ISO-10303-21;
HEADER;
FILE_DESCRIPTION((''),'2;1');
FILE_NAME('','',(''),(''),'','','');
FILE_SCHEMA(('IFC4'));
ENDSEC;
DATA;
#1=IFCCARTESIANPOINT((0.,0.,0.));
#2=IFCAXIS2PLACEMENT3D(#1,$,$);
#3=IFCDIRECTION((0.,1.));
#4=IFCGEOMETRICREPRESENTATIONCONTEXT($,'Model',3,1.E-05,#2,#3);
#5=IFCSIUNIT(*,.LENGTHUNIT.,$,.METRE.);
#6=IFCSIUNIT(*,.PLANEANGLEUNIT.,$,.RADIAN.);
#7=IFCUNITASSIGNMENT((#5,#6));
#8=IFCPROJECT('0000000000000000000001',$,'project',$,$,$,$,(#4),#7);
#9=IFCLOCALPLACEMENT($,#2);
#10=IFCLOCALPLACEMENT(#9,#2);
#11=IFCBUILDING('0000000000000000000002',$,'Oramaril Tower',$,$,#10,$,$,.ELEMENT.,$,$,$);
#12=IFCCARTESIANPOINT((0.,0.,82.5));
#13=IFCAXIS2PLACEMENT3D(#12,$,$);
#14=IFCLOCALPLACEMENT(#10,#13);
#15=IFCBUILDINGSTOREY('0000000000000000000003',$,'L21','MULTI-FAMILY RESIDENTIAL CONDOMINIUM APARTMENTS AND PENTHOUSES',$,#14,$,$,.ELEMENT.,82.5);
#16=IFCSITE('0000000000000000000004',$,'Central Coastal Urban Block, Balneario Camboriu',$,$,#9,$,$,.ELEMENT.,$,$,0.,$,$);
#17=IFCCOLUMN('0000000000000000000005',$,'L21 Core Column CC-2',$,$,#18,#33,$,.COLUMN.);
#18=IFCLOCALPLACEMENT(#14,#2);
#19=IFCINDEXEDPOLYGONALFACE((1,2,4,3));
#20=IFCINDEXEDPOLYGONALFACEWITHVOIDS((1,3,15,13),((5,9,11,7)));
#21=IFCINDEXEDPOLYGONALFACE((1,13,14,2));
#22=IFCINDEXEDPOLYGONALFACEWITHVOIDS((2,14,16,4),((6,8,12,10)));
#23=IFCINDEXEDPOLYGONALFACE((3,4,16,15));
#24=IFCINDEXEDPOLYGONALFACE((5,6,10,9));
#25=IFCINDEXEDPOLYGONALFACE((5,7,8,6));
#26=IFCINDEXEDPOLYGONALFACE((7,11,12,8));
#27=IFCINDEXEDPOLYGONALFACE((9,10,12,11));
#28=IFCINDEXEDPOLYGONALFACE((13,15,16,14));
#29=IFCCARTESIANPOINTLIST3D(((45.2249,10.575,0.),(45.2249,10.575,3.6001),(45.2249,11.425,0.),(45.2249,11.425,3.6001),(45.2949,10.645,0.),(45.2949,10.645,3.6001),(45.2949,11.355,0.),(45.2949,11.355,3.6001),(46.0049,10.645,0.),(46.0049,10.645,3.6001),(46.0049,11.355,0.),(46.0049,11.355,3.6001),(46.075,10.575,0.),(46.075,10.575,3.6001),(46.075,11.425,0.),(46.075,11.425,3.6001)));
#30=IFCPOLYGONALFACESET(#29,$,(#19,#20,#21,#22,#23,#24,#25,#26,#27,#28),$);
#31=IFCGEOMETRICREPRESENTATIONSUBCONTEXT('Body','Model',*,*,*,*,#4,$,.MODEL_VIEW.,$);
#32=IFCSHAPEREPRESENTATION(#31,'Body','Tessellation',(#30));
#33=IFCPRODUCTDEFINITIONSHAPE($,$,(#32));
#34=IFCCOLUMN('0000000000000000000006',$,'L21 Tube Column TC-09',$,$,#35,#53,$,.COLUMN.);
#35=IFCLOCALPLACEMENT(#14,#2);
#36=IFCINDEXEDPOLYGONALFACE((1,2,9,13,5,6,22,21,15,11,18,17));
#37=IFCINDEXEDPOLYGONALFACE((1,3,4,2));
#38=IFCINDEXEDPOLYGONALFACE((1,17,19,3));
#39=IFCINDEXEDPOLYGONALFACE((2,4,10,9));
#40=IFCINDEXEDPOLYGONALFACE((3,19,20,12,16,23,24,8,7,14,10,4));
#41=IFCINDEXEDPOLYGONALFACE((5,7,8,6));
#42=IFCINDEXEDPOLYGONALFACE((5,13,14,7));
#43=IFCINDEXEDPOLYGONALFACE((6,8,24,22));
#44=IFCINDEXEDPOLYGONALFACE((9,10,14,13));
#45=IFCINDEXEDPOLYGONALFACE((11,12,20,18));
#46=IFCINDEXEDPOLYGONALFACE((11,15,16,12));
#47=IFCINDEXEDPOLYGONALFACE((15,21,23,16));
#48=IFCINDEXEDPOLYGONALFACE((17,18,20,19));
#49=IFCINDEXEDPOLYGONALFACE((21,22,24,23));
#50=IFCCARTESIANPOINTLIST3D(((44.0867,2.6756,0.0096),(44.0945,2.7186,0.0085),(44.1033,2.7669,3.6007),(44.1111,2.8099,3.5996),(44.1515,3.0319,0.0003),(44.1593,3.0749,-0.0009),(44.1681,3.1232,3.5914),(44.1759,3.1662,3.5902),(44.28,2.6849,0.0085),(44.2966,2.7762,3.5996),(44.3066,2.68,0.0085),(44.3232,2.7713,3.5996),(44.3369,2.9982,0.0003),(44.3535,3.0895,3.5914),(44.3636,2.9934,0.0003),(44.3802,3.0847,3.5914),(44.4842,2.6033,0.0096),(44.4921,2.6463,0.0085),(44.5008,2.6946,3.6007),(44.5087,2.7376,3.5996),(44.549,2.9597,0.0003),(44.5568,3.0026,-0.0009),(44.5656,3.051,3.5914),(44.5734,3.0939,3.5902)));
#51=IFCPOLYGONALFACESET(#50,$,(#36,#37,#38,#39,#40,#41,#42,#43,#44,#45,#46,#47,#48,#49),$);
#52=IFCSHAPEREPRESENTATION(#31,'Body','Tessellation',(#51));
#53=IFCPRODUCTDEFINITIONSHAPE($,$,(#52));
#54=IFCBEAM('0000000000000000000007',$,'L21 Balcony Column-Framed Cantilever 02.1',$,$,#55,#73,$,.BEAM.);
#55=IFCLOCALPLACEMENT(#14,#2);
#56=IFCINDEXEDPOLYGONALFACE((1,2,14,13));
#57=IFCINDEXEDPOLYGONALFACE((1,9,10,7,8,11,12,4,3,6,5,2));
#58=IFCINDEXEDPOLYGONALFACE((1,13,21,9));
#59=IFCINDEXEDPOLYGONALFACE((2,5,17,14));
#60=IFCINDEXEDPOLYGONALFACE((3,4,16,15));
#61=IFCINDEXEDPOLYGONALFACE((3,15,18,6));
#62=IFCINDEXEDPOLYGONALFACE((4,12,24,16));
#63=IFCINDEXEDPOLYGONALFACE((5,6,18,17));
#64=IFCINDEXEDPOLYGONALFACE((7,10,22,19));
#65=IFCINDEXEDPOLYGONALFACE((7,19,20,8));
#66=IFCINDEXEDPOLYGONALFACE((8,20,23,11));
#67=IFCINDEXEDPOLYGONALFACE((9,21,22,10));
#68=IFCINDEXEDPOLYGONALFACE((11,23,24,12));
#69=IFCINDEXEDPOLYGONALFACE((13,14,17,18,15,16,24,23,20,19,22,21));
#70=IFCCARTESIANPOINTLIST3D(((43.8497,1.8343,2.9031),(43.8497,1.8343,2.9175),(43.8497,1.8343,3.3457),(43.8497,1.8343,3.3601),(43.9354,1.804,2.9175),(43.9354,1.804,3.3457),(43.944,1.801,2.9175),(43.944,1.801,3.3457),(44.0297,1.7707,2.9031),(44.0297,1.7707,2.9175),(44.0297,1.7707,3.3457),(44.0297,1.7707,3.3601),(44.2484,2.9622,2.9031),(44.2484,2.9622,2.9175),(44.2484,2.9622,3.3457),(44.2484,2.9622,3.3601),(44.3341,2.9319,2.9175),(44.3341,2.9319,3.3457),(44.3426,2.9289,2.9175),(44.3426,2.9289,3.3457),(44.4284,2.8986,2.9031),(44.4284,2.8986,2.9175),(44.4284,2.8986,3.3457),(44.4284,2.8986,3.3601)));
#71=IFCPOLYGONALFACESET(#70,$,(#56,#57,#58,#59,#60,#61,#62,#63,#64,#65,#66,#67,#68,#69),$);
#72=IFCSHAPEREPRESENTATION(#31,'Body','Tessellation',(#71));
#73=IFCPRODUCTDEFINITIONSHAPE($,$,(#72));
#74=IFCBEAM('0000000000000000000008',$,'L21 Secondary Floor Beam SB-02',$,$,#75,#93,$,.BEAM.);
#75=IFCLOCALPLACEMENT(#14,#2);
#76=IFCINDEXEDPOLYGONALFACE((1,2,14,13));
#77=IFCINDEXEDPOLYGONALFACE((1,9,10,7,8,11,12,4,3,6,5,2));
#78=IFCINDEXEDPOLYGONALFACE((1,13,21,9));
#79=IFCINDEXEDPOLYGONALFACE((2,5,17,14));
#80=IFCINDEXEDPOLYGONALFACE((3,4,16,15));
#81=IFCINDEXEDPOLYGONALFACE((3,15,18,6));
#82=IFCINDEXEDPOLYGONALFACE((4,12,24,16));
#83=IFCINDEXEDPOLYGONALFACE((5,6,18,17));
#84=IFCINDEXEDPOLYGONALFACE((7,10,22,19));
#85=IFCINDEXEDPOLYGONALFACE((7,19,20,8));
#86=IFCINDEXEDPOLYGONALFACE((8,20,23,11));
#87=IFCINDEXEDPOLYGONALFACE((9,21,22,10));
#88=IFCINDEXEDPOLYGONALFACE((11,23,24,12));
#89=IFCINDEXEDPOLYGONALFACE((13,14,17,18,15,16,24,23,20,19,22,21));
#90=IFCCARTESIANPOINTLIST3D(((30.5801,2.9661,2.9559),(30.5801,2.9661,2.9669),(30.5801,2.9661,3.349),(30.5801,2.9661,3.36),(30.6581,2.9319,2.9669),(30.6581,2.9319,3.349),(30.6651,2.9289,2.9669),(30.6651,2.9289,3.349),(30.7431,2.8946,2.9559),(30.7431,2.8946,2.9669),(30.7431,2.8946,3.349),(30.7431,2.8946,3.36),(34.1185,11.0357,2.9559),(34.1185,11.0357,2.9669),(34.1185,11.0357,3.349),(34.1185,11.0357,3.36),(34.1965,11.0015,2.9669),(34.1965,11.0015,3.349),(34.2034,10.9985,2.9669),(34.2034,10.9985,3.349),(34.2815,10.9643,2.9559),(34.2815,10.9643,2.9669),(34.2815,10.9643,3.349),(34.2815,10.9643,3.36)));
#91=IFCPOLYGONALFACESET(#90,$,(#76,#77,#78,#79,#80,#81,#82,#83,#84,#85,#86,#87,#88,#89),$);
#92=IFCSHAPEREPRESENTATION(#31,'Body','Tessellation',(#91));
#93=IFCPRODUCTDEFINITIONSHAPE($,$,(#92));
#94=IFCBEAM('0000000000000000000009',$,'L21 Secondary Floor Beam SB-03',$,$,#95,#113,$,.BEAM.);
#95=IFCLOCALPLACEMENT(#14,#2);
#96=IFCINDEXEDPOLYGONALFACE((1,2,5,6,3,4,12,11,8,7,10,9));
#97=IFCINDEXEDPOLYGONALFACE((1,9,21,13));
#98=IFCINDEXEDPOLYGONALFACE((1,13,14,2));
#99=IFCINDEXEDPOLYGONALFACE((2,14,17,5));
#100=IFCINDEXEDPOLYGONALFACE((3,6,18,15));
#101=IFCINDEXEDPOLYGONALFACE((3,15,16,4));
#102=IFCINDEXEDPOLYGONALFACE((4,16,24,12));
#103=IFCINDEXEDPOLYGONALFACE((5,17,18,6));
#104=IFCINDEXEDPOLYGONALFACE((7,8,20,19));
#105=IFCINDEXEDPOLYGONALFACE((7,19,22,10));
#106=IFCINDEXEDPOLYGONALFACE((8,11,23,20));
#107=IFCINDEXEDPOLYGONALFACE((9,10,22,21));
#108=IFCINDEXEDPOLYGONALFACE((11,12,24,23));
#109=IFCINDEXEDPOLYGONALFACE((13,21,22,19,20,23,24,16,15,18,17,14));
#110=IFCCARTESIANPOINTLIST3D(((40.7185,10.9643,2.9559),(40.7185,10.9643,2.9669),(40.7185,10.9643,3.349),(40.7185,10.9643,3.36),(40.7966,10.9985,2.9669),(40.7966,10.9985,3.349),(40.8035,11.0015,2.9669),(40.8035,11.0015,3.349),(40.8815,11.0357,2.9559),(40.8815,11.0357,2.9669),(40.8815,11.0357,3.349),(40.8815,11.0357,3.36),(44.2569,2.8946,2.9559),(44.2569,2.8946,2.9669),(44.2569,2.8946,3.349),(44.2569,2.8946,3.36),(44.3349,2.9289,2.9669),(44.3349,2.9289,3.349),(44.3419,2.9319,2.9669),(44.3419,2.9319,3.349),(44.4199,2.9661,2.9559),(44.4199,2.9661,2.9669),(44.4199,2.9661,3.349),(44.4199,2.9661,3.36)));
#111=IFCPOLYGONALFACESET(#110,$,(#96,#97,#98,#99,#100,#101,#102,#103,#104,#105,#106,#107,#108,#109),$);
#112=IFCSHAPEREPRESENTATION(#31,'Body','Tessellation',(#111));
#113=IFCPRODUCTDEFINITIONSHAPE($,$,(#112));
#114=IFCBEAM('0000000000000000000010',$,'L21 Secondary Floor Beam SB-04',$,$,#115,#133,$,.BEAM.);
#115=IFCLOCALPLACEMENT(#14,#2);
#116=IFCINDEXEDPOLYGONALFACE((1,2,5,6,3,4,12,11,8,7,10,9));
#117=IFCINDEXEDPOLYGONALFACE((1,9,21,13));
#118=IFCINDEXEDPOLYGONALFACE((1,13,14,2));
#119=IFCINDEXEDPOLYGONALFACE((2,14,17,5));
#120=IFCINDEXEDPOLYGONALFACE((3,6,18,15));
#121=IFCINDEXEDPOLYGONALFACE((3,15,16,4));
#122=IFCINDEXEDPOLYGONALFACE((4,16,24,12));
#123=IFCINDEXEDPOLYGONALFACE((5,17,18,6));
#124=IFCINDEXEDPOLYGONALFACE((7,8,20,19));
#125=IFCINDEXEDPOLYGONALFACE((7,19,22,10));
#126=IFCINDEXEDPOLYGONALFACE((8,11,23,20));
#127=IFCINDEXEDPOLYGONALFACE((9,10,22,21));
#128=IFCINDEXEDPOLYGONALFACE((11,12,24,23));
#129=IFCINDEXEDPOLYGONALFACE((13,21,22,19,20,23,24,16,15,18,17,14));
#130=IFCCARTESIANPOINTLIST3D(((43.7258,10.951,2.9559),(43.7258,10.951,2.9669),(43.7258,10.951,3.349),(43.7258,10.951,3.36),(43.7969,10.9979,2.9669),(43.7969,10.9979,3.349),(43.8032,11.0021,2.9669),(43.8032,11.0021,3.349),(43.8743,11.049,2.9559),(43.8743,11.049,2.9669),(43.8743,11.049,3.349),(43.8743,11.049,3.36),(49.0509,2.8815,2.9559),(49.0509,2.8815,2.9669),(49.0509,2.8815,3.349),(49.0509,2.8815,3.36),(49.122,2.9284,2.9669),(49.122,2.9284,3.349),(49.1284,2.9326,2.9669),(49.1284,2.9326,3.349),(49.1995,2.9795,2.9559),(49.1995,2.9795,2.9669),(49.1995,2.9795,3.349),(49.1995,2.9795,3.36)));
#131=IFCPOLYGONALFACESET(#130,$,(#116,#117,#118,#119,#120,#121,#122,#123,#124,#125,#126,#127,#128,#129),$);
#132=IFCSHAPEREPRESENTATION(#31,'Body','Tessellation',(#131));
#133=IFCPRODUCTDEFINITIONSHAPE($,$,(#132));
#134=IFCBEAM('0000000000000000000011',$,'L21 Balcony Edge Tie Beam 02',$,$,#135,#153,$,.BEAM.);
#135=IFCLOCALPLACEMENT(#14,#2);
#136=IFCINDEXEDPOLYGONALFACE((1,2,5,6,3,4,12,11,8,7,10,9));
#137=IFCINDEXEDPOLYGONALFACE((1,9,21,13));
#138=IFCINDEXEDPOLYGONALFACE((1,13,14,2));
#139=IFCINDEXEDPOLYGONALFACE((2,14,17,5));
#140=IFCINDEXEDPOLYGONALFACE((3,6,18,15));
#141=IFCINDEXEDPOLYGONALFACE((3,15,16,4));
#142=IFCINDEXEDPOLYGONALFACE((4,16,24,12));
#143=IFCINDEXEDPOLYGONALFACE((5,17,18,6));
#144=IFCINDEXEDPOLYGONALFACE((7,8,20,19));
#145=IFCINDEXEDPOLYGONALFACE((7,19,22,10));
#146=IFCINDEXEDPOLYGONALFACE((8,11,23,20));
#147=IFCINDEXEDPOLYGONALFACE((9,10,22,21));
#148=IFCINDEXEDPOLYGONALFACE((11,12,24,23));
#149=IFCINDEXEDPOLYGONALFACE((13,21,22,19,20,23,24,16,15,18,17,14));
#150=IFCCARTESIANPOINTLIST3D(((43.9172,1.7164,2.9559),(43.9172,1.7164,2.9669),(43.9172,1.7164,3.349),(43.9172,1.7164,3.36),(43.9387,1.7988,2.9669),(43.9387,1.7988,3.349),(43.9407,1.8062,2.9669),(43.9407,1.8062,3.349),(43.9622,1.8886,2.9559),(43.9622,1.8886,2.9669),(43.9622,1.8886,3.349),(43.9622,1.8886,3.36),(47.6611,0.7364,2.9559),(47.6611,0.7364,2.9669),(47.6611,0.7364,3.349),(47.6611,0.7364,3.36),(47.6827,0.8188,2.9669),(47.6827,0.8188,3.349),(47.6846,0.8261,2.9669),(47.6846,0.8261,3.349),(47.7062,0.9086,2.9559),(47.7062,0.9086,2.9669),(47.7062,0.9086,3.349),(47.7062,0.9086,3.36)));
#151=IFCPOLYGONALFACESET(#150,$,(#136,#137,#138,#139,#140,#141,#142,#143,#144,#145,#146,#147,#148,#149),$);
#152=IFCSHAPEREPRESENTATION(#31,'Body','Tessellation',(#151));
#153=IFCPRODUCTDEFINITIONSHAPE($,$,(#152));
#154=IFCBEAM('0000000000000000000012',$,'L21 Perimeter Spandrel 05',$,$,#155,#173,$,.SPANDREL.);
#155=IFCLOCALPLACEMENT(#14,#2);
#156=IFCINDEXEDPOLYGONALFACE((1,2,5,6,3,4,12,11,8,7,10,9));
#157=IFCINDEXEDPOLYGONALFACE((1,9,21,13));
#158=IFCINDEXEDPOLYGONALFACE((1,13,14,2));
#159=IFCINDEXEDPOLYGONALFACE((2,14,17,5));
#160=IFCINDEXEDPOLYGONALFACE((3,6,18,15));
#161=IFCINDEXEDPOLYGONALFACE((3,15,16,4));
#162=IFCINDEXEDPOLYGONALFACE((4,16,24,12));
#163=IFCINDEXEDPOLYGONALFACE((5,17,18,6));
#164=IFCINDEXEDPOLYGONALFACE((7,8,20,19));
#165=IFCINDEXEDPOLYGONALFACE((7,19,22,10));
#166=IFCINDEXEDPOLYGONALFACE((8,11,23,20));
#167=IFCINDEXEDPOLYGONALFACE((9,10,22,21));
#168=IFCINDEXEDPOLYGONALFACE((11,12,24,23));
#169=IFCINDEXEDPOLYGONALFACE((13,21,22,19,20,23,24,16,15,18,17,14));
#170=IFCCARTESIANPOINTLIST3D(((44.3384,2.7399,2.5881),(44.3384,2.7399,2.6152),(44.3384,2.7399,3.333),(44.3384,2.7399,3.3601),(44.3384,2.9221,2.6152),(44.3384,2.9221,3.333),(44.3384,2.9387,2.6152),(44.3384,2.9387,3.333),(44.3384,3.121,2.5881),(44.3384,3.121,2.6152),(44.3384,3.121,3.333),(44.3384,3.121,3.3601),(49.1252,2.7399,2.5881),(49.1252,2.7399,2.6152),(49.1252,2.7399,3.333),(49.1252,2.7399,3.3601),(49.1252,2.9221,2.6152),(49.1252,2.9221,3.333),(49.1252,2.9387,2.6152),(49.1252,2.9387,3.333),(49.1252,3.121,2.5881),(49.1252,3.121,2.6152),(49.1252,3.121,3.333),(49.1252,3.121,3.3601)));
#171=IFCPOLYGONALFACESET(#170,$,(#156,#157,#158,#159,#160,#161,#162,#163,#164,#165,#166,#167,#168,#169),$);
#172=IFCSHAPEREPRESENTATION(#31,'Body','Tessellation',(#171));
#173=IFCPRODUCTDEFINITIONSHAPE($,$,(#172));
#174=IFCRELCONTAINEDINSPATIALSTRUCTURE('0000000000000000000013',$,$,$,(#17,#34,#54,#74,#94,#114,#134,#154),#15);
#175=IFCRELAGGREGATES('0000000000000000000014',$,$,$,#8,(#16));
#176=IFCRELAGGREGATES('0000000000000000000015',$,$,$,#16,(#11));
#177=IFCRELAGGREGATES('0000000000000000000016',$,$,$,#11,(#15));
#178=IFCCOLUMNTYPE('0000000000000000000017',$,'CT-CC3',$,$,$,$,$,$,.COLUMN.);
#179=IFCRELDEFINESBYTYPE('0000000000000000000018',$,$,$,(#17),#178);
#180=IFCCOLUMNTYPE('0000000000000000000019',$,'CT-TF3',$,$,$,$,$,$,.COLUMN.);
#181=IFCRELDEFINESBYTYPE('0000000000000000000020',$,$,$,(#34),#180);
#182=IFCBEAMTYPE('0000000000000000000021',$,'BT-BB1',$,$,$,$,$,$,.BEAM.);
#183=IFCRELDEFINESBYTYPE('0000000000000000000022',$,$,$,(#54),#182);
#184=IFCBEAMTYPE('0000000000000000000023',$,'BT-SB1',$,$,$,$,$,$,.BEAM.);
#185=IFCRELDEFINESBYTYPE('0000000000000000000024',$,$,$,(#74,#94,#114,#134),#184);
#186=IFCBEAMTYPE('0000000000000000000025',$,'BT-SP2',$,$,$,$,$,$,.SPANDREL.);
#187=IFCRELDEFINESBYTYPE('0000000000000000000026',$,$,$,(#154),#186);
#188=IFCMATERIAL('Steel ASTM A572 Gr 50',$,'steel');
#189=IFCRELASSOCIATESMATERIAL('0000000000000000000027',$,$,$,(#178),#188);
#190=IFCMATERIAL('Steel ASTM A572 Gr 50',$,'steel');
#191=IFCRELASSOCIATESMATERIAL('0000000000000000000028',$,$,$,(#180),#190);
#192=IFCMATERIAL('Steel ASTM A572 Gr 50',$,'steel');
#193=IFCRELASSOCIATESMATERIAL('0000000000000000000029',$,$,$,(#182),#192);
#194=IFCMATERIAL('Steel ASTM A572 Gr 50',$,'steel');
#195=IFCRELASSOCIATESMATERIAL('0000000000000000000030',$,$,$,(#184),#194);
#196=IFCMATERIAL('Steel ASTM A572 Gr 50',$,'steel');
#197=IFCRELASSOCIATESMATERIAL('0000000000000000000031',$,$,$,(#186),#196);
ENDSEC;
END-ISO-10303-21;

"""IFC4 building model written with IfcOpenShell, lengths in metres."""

from ifc_helpers import new_model, si_unit, direction, frame, origin, origin_2d, place, context, subcontext, project, spatial, hollow_rectangle, i_section, extrude, material, material_profile, profile_set, type_object, element, save


model = new_model("IFC4")

# Units and contexts
model_context = context("Model", 3, precision=1e-05, world=origin(), true_north=direction((0.0, 1.0)))
body_context = subcontext(model_context, "Body", "Model", "MODEL_VIEW")
ifc_project = project(units=[si_unit("LENGTHUNIT", "METRE"), si_unit("PLANEANGLEUNIT", "RADIAN")], contexts=[model_context])

# Site, building, storey
site_placement = place(None, origin())
site = spatial("IfcSite", under=ifc_project, at=site_placement, Name="Central Coastal Urban Block, Balneario Camboriu", CompositionType="ELEMENT", RefElevation=0.0)
building_placement = place(site_placement, origin())
building = spatial("IfcBuilding", under=site, at=building_placement, Name="Oramaril Tower", CompositionType="ELEMENT")
storey_placement = place(building_placement, frame((0.0, 0.0, 82.5)))
storey = spatial("IfcBuildingStorey", under=building, at=storey_placement, Name="L21", Description="MULTI-FAMILY RESIDENTIAL CONDOMINIUM APARTMENTS AND PENTHOUSES", CompositionType="ELEMENT", Elevation=82.5)

# Columns
ifc_material_1 = material(Name="Steel ASTM A572 Gr 50", Category="steel")
ifc_material_profile_1 = material_profile(ifc_material_1, hollow_rectangle(XDim=0.8501, YDim=0.8501, WallThickness=0.0701, at=origin_2d()), Name="BOX850X850X70")
ifc_profile_set_1 = profile_set([ifc_material_profile_1], Name="Steel ASTM A572 Gr 50")
column_type_1 = type_object("IfcColumnType", Name="CT-CC3", PredefinedType="COLUMN", material=ifc_profile_set_1)
column_1_placement = place(storey_placement, frame((45.6499, 11.0, 0.0), z_axis=(0.0, 0.0, 1.0), x_axis=(1.0, 0.0, 0.0)))
element("IfcColumn", 1, at=column_1_placement, inside=storey, type_object=column_type_1, Name="L21 Core Column CC-2", PredefinedType="COLUMN", context=body_context, shape_type="SweptSolid", body=[
    extrude(hollow_rectangle(XDim=0.8501, YDim=0.8501, WallThickness=0.0701, at=origin_2d()), origin(), (0.0, 0.0, 1.0), 3.6001),
])
ifc_material_2 = material(Name="Steel ASTM A572 Gr 50", Category="steel")
ifc_material_profile_2 = material_profile(ifc_material_2, i_section(OverallWidth=0.4041, OverallDepth=0.406, WebThickness=0.0271, FlangeThickness=0.0437, at=origin_2d()), Name="W14X233")
ifc_profile_set_2 = profile_set([ifc_material_profile_2], Name="Steel ASTM A572 Gr 50")
column_type_2 = type_object("IfcColumnType", Name="CT-TF3", PredefinedType="COLUMN", material=ifc_profile_set_2)
column_2_placement = place(storey_placement, frame((44.3218, 2.8391, 0.0044), z_axis=(0.004621, 0.025418, 0.999666), x_axis=(-0.98387, 0.178885, 0.0)))
element("IfcColumn", 2, at=column_2_placement, inside=storey, type_object=column_type_2, Name="L21 Tube Column TC-09", PredefinedType="COLUMN", context=body_context, shape_type="SweptSolid", body=[
    extrude(i_section(OverallWidth=0.4041, OverallDepth=0.406, WebThickness=0.0271, FlangeThickness=0.0437, at=origin_2d()), origin(), (0.0, 0.0, 1.0), 3.5923),
])

# Beams
ifc_material_3 = material(Name="Steel ASTM A572 Gr 50", Category="steel")
ifc_material_profile_3 = material_profile(ifc_material_3, i_section(OverallWidth=0.1909, OverallDepth=0.457, WebThickness=0.009, FlangeThickness=0.0144, at=origin_2d()), Name="W18X50")
ifc_profile_set_3 = profile_set([ifc_material_profile_3], Name="Steel ASTM A572 Gr 50")
beam_type_1 = type_object("IfcBeamType", Name="BT-BB1", PredefinedType="BEAM", material=ifc_profile_set_3)
beam_1_placement = place(storey_placement, frame((44.3384, 2.9304, 3.1316), z_axis=(-0.333258, -0.942836, 0.0), x_axis=(0.942836, -0.333258, 0.0)))
element("IfcBeam", 3, at=beam_1_placement, inside=storey, type_object=beam_type_1, Name="L21 Balcony Column-Framed Cantilever 02.1", PredefinedType="BEAM", context=body_context, shape_type="SweptSolid", body=[
    extrude(i_section(OverallWidth=0.1909, OverallDepth=0.457, WebThickness=0.009, FlangeThickness=0.0144, at=origin_2d()), origin(), (0.0, 0.0, 1.0), 1.1963),
])
ifc_material_4 = material(Name="Steel ASTM A572 Gr 50", Category="steel")
ifc_material_profile_4 = material_profile(ifc_material_4, i_section(OverallWidth=0.178, OverallDepth=0.4041, WebThickness=0.0076, FlangeThickness=0.011, at=origin_2d()), Name="W16X36")
ifc_profile_set_4 = profile_set([ifc_material_profile_4], Name="Steel ASTM A572 Gr 50")
beam_type_2 = type_object("IfcBeamType", Name="BT-SB1", PredefinedType="BEAM", material=ifc_profile_set_4)
for number, where, z_axis, x_axis, name in (
    (4, (34.2, 11.0, 3.158), (-0.40157, -0.915828, 0.0), (0.915828, -0.40157, 0.0), "L21 Secondary Floor Beam SB-02"),
    (5, (40.8, 11.0, 3.158), (0.40157, -0.915828, 0.0), (0.915828, 0.40157, 0.0), "L21 Secondary Floor Beam SB-03"),
):
    element("IfcBeam", number, at=place(storey_placement, frame(where, z_axis=z_axis, x_axis=x_axis)), inside=storey, type_object=beam_type_2, Name=name, PredefinedType="BEAM", context=body_context, shape_type="SweptSolid", body=[
        extrude(i_section(OverallWidth=0.178, OverallDepth=0.4041, WebThickness=0.0076, FlangeThickness=0.011, at=origin_2d()), origin(), (0.0, 0.0, 1.0), 8.8113),
    ])
beam_2_placement = place(storey_placement, frame((43.8, 11.0, 3.158), z_axis=(0.55079, -0.834644, 0.0), x_axis=(0.834644, 0.55079, 0.0)))
element("IfcBeam", 6, at=beam_2_placement, inside=storey, type_object=beam_type_2, Name="L21 Secondary Floor Beam SB-04", PredefinedType="BEAM", context=body_context, shape_type="SweptSolid", body=[
    extrude(i_section(OverallWidth=0.178, OverallDepth=0.4041, WebThickness=0.0076, FlangeThickness=0.011, at=origin_2d()), origin(), (0.0, 0.0, 1.0), 9.6682),
])
beam_3_placement = place(storey_placement, frame((43.9397, 1.8025, 3.158), z_axis=(0.967408, -0.253223, 0.0), x_axis=(0.253223, 0.967408, 0.0)))
element("IfcBeam", 7, at=beam_3_placement, inside=storey, type_object=beam_type_2, Name="L21 Balcony Edge Tie Beam 02", PredefinedType="BEAM", context=body_context, shape_type="SweptSolid", body=[
    extrude(i_section(OverallWidth=0.178, OverallDepth=0.4041, WebThickness=0.0076, FlangeThickness=0.011, at=origin_2d()), origin(), (0.0, 0.0, 1.0), 3.8701),
])
ifc_material_5 = material(Name="Steel ASTM A572 Gr 50", Category="steel")
ifc_material_profile_5 = material_profile(ifc_material_5, i_section(OverallWidth=0.3811, OverallDepth=0.772, WebThickness=0.0166, FlangeThickness=0.0271, at=origin_2d()), Name="W30X173")
ifc_profile_set_5 = profile_set([ifc_material_profile_5], Name="Steel ASTM A572 Gr 50")
beam_type_3 = type_object("IfcBeamType", Name="BT-SP2", PredefinedType="SPANDREL", material=ifc_profile_set_5)
beam_4_placement = place(storey_placement, frame((44.3384, 2.9304, 2.9741), z_axis=(1.0, 0.0, 0.0), x_axis=(0.0, 1.0, 0.0)))
element("IfcBeam", 8, at=beam_4_placement, inside=storey, type_object=beam_type_3, Name="L21 Perimeter Spandrel 05", PredefinedType="SPANDREL", context=body_context, shape_type="SweptSolid", body=[
    extrude(i_section(OverallWidth=0.3811, OverallDepth=0.772, WebThickness=0.0166, FlangeThickness=0.0271, at=origin_2d()), origin(), (0.0, 0.0, 1.0), 4.7869),
])

save(model, "model.ifc")
